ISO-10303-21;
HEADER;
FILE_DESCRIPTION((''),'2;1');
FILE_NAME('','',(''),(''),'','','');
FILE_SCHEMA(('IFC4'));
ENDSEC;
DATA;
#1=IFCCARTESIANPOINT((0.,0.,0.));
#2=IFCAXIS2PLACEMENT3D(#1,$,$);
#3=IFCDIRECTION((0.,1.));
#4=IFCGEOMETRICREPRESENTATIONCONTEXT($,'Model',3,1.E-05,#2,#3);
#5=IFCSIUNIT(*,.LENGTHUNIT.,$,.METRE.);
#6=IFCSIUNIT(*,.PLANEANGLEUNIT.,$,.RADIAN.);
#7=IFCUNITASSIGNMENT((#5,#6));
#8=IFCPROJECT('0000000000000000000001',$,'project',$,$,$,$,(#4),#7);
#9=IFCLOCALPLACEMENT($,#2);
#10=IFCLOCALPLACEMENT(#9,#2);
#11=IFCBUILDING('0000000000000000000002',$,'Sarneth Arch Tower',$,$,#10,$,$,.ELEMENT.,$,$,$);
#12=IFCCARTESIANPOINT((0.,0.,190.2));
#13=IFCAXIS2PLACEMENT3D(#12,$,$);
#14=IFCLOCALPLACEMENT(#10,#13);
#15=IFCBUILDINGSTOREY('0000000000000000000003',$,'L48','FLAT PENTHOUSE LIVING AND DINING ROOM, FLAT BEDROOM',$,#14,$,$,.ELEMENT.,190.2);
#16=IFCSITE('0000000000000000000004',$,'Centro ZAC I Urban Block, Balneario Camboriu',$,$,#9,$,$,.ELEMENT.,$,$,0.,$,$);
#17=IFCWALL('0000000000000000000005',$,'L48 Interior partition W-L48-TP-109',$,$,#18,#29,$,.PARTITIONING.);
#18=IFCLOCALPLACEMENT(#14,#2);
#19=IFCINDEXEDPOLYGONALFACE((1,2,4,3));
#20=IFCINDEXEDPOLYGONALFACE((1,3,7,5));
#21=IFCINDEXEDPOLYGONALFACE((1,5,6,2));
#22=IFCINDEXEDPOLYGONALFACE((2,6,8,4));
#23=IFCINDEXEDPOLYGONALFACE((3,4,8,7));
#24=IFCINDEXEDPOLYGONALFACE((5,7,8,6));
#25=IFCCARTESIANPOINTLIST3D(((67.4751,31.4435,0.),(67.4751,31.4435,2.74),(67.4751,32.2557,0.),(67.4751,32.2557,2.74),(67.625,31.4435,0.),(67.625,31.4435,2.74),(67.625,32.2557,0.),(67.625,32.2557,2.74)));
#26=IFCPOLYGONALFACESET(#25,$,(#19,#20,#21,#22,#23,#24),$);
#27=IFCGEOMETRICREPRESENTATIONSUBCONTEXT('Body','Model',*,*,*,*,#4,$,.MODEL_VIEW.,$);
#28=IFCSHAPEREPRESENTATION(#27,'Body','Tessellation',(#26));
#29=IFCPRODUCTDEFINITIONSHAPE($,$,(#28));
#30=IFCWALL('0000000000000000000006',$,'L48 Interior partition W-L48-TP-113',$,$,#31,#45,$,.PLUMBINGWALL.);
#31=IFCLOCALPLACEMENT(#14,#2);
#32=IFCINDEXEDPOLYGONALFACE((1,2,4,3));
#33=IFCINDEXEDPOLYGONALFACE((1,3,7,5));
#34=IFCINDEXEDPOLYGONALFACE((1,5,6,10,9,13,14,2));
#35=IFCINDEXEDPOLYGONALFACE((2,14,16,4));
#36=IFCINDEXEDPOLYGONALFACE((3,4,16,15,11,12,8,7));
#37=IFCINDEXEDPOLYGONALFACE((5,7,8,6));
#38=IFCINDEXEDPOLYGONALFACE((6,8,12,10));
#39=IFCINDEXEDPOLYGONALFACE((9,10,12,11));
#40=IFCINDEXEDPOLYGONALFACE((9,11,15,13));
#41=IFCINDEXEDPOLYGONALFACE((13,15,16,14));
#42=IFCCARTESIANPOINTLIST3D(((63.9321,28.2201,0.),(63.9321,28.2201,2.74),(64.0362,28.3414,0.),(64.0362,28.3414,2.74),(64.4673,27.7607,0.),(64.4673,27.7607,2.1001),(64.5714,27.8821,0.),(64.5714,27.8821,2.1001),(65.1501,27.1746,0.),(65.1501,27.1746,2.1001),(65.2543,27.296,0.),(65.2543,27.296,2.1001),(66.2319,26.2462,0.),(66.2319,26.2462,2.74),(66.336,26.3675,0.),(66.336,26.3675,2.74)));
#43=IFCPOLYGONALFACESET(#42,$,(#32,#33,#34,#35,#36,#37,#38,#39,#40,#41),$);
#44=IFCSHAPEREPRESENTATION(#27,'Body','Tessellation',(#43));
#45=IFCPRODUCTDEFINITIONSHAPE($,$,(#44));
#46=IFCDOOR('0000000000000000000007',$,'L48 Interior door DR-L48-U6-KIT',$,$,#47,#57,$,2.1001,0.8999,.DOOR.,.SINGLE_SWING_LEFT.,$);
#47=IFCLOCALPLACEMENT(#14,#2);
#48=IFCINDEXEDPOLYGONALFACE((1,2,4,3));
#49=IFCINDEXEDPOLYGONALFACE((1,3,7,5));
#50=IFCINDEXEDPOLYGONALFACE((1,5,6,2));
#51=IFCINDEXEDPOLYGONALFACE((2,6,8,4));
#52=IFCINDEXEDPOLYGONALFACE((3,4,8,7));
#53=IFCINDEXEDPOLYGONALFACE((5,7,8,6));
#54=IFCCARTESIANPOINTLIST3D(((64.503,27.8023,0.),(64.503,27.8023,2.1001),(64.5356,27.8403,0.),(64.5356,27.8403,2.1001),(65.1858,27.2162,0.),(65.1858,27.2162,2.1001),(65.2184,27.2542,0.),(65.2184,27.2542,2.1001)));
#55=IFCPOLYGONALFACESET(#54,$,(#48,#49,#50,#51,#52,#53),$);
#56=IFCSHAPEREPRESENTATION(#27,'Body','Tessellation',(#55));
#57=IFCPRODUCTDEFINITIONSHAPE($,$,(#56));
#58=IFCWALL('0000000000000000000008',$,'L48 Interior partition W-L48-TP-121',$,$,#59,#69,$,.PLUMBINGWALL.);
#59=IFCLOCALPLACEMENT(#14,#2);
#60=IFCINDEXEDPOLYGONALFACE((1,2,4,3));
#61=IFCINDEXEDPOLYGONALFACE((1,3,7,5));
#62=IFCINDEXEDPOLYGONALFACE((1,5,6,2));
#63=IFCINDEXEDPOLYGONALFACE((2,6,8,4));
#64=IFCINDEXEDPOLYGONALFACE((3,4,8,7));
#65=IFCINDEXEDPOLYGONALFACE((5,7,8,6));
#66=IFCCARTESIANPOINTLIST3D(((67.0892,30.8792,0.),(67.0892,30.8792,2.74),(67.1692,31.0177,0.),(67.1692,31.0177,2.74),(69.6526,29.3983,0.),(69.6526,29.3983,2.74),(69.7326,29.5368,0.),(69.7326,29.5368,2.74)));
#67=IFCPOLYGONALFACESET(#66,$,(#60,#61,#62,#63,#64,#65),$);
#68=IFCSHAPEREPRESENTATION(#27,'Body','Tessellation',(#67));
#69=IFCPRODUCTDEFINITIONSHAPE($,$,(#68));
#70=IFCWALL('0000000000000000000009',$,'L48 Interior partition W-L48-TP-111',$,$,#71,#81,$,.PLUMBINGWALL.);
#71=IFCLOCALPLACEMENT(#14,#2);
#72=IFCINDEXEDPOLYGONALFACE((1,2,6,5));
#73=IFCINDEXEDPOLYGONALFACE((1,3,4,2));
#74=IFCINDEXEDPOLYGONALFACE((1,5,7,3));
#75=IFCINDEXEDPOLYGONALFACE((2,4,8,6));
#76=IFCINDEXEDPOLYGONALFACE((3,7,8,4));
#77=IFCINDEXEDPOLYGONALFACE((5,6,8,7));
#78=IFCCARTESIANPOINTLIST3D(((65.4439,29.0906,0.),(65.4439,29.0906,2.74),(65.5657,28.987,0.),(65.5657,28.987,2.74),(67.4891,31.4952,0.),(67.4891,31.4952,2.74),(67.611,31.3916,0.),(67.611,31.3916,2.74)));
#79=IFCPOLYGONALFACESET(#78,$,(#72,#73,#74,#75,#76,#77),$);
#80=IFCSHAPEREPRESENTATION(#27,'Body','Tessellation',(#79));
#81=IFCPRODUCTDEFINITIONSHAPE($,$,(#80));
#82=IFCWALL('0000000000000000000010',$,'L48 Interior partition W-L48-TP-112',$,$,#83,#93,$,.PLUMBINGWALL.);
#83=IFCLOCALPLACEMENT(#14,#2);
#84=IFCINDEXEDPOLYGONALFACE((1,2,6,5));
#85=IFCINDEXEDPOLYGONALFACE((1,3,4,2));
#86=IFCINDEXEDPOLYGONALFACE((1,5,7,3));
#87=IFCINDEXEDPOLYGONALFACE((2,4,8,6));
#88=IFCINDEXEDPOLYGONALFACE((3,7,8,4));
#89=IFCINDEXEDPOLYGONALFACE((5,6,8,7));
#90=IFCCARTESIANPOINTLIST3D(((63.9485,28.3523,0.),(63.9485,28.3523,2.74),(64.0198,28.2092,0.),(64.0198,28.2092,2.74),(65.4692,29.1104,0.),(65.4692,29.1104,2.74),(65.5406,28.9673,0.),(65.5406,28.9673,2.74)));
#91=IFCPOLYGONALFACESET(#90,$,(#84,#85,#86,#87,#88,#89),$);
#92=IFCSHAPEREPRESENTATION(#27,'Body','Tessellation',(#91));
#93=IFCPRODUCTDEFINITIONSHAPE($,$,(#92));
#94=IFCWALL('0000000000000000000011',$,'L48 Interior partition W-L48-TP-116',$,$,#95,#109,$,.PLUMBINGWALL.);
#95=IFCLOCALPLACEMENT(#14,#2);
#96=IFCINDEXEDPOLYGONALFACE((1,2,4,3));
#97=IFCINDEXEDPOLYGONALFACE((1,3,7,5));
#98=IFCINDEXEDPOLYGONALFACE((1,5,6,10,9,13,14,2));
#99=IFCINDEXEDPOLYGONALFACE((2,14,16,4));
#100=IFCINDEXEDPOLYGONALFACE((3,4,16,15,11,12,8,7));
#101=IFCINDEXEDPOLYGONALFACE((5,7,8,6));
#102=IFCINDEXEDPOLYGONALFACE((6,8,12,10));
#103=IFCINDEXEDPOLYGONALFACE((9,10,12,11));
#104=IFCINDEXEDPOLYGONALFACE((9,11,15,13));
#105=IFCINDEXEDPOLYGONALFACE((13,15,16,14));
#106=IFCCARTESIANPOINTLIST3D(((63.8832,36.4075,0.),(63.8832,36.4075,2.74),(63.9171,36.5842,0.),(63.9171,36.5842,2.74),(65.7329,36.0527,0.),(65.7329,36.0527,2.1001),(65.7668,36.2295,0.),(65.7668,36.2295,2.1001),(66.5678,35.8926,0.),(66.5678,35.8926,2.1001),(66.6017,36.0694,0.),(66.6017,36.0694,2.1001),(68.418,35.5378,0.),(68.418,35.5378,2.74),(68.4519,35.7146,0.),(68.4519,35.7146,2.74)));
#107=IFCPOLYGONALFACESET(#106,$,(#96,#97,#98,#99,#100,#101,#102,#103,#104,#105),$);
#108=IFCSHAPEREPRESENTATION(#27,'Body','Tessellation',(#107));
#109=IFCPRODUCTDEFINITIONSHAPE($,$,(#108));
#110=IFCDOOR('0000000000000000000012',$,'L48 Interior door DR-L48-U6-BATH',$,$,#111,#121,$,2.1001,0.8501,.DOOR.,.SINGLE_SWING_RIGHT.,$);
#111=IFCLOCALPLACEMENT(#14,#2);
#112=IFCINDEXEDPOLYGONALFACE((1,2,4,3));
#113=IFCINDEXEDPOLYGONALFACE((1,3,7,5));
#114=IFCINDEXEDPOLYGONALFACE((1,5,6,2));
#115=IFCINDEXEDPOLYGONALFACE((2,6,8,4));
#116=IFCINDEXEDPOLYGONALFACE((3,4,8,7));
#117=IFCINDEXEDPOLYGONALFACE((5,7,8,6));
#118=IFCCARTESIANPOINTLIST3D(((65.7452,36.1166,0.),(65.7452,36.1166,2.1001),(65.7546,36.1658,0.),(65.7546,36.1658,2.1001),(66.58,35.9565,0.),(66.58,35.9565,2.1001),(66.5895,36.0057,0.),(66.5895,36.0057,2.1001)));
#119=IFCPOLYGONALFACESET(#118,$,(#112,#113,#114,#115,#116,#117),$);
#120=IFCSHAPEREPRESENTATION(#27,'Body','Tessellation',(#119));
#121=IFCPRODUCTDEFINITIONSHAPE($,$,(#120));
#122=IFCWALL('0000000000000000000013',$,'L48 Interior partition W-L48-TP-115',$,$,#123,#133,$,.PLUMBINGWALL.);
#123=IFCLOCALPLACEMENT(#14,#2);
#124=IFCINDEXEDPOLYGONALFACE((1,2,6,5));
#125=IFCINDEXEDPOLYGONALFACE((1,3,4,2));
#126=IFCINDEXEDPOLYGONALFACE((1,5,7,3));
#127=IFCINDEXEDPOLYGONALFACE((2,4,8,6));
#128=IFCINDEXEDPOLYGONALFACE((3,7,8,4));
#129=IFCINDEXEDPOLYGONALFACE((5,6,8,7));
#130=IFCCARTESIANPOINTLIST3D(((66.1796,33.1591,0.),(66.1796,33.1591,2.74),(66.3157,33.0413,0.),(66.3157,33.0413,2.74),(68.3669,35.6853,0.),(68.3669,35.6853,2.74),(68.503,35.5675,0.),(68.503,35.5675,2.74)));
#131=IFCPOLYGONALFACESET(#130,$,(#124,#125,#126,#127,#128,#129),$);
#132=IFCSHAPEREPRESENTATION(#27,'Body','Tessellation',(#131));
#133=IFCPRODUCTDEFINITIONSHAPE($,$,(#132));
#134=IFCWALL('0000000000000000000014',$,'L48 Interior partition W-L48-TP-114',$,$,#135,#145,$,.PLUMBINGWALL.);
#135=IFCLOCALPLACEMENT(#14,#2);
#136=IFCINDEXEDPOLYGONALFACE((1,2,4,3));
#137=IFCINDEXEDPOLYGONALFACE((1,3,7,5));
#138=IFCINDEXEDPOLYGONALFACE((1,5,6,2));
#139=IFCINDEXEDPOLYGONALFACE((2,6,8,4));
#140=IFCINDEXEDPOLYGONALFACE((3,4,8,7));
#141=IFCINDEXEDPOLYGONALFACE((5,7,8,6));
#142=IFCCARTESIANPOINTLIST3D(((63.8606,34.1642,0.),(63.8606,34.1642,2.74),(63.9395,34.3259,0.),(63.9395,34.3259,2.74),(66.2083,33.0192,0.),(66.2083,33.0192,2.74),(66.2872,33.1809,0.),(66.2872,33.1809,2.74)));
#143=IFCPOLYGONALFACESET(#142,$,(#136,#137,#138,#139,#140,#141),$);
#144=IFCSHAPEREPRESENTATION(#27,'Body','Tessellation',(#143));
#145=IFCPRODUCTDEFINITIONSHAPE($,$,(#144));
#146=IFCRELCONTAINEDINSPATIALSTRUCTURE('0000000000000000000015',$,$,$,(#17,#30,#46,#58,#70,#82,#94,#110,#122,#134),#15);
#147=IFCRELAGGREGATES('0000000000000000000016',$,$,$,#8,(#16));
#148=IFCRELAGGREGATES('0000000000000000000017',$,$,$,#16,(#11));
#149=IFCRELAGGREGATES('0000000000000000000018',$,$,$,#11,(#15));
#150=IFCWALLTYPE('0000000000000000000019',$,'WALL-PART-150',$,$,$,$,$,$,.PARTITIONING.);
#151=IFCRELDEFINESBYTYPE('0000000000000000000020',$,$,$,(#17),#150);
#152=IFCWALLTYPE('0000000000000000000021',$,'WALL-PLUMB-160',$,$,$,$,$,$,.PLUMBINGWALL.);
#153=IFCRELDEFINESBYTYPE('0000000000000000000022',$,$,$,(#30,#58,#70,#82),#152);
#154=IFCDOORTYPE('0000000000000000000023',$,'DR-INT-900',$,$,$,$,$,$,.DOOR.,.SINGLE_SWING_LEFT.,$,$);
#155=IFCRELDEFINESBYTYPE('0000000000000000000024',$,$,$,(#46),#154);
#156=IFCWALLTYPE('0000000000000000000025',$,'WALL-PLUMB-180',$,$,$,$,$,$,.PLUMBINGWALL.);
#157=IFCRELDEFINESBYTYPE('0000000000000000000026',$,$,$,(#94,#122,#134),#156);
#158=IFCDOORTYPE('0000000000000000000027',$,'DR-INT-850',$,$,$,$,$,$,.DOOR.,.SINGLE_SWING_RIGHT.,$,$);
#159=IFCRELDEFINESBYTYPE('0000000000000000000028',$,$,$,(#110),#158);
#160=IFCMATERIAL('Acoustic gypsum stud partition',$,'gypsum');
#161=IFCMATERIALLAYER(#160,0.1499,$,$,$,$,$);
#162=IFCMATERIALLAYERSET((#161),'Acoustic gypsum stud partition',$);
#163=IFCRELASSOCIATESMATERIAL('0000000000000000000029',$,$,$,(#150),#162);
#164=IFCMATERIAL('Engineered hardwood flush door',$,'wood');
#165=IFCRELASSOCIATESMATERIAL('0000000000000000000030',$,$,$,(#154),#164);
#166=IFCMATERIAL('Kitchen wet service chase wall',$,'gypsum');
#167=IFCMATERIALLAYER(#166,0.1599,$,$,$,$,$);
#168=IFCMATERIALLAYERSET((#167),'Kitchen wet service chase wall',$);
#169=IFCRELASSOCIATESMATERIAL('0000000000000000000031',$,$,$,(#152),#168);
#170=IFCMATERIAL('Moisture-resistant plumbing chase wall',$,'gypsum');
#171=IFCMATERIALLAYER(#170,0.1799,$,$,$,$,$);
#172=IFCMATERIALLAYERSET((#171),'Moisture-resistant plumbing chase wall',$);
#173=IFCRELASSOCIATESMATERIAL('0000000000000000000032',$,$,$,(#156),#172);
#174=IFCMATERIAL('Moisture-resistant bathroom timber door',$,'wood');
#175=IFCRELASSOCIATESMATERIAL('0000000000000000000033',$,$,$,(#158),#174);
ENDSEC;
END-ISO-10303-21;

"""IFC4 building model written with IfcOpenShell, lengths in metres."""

from ifc_helpers import new_model, si_unit, direction, frame, frame_2d, origin, place, context, subcontext, project, spatial, rectangle, extrude, material, layer, layer_set, type_object, element, fill, save


model = new_model("IFC4")

# Units and contexts
model_context = context("Model", 3, precision=1e-05, world=origin(), true_north=direction((0.0, 1.0)))
body_context = subcontext(model_context, "Body", "Model", "MODEL_VIEW")
ifc_project = project(units=[si_unit("LENGTHUNIT", "METRE"), si_unit("PLANEANGLEUNIT", "RADIAN")], contexts=[model_context])

# Site, building, storey
site_placement = place(None, origin())
site = spatial("IfcSite", under=ifc_project, at=site_placement, Name="Centro ZAC I Urban Block, Balneario Camboriu", CompositionType="ELEMENT", RefElevation=0.0)
building_placement = place(site_placement, origin())
building = spatial("IfcBuilding", under=site, at=building_placement, Name="Sarneth Arch Tower", CompositionType="ELEMENT")
storey_placement = place(building_placement, frame((0.0, 0.0, 190.2)))
storey = spatial("IfcBuildingStorey", under=building, at=storey_placement, Name="L48", Description="FLAT PENTHOUSE LIVING AND DINING ROOM, FLAT BEDROOM", CompositionType="ELEMENT", Elevation=190.2)

# Shared definitions
ifc_material_1 = material(Name="Acoustic gypsum stud partition", Category="gypsum")
ifc_layer_1 = layer(ifc_material_1, 0.1499)
ifc_layer_set_1 = layer_set([ifc_layer_1], Name="Acoustic gypsum stud partition")
wall_type_1 = type_object("IfcWallType", Name="WALL-PART-150", PredefinedType="PARTITIONING", material=ifc_layer_set_1)
ifc_material_2 = material(Name="Engineered hardwood flush door", Category="wood")
door_type_1 = type_object("IfcDoorType", Name="DR-INT-900", OperationType="SINGLE_SWING_LEFT", PredefinedType="DOOR", material=ifc_material_2)

# Wall
wall_1_placement = place(storey_placement, frame((67.55, 31.4434, 0.0), z_axis=(0.0, 0.0, 1.0), x_axis=(0.0, 1.0, 0.0)))
element("IfcWall", 1, at=wall_1_placement, inside=storey, type_object=wall_type_1, Name="L48 Interior partition W-L48-TP-109", PredefinedType="PARTITIONING", context=body_context, shape_type="SweptSolid", body=[
    extrude(rectangle(XDim=0.8123, YDim=0.1499, at=frame_2d((0.4062, 0.0))), origin(), (0.0, 0.0, 1.0), 2.74),
])

# Wall, opening, door
ifc_material_3 = material(Name="Kitchen wet service chase wall", Category="gypsum")
ifc_layer_2 = layer(ifc_material_3, 0.1599)
ifc_layer_set_2 = layer_set([ifc_layer_2], Name="Kitchen wet service chase wall")
wall_type_2 = type_object("IfcWallType", Name="WALL-PLUMB-160", PredefinedType="PLUMBINGWALL", material=ifc_layer_set_2)
wall_2_placement = place(storey_placement, frame((63.9841, 28.2808, 0.0), z_axis=(0.0, 0.0, 1.0), x_axis=(0.75883, -0.651289, 0.0)))
wall_2 = element("IfcWall", 2, at=wall_2_placement, inside=storey, type_object=wall_type_2, Name="L48 Interior partition W-L48-TP-113", PredefinedType="PLUMBINGWALL", context=body_context, shape_type="SweptSolid", body=[
    extrude(rectangle(XDim=3.0308, YDim=0.1599, at=frame_2d((1.5154, 0.0))), origin(), (0.0, 0.0, 1.0), 2.74),
])
opening_1_placement = place(wall_2_placement, frame((0.7053, 0.0, 0.0)))
opening_1 = element("IfcOpeningElement", 3, at=opening_1_placement, cuts=wall_2, PredefinedType="OPENING", context=body_context, shape_type="SweptSolid", body=[
    extrude(rectangle(XDim=0.8999, YDim=2.1001, at=frame_2d((0.45, 1.05))), frame((0.0, 0.0898, 0.0), z_axis=(0.0, -1.0, 0.0), x_axis=(1.0, 0.0, 0.0)), (0.0, 0.0, 1.0), 0.1799),
])
door_1_placement = place(opening_1_placement, origin())
door_1 = element("IfcDoor", 4, at=door_1_placement, inside=storey, type_object=door_type_1, Name="L48 Interior door DR-L48-U6-KIT", OperationType="SINGLE_SWING_LEFT", OverallHeight=2.1001, OverallWidth=0.8999, PredefinedType="DOOR", context=body_context, shape_type="SweptSolid", body=[
    extrude(rectangle(XDim=0.8999, YDim=2.1001, at=frame_2d((0.45, 1.05))), frame((0.0, 0.0249, 0.0), z_axis=(0.0, -1.0, 0.0), x_axis=(1.0, 0.0, 0.0)), (0.0, 0.0, 1.0), 0.05),
])
fill(opening_1, door_1)

# Walls
wall_3_placement = place(storey_placement, frame((69.6926, 29.4675, 0.0), z_axis=(0.0, 0.0, 1.0), x_axis=(-0.865889, 0.500236, 0.0)))
element("IfcWall", 5, at=wall_3_placement, inside=storey, type_object=wall_type_2, Name="L48 Interior partition W-L48-TP-121", PredefinedType="PLUMBINGWALL", context=body_context, shape_type="SweptSolid", body=[
    extrude(rectangle(XDim=2.9604, YDim=0.1599, at=frame_2d((1.4802, 0.0))), origin(), (0.0, 0.0, 1.0), 2.74),
])
wall_4_placement = place(storey_placement, frame((67.55, 31.4434, 0.0), z_axis=(0.0, 0.0, 1.0), x_axis=(-0.647889, -0.761735, 0.0)))
element("IfcWall", 6, at=wall_4_placement, inside=storey, type_object=wall_type_2, Name="L48 Interior partition W-L48-TP-111", PredefinedType="PLUMBINGWALL", context=body_context, shape_type="SweptSolid", body=[
    extrude(rectangle(XDim=3.1567, YDim=0.1599, at=frame_2d((1.5784, 0.0))), origin(), (0.0, 0.0, 1.0), 2.74),
])
wall_5_placement = place(storey_placement, frame((65.5049, 29.0388, 0.0), z_axis=(0.0, 0.0, 1.0), x_axis=(-0.894973, -0.446121, 0.0)))
element("IfcWall", 7, at=wall_5_placement, inside=storey, type_object=wall_type_2, Name="L48 Interior partition W-L48-TP-112", PredefinedType="PLUMBINGWALL", context=body_context, shape_type="SweptSolid", body=[
    extrude(rectangle(XDim=1.6992, YDim=0.1599, at=frame_2d((0.8496, 0.0))), origin(), (0.0, 0.0, 1.0), 2.74),
])

# Wall, opening, door
ifc_material_4 = material(Name="Moisture-resistant plumbing chase wall", Category="gypsum")
ifc_layer_3 = layer(ifc_material_4, 0.1799)
ifc_layer_set_3 = layer_set([ifc_layer_3], Name="Moisture-resistant plumbing chase wall")
wall_type_3 = type_object("IfcWallType", Name="WALL-PLUMB-180", PredefinedType="PLUMBINGWALL", material=ifc_layer_set_3)
wall_6_placement = place(storey_placement, frame((68.4348, 35.6262, 0.0), z_axis=(0.0, 0.0, 1.0), x_axis=(-0.982105, 0.188332, 0.0)))
wall_6 = element("IfcWall", 8, at=wall_6_placement, inside=storey, type_object=wall_type_3, Name="L48 Interior partition W-L48-TP-116", PredefinedType="PLUMBINGWALL", context=body_context, shape_type="SweptSolid", body=[
    extrude(rectangle(XDim=4.6174, YDim=0.1799, at=frame_2d((2.3086, 0.0))), origin(), (0.0, 0.0, 1.0), 2.74),
])
opening_2_placement = place(wall_6_placement, frame((1.8838, 0.0, 0.0)))
opening_2 = element("IfcOpeningElement", 9, at=opening_2_placement, cuts=wall_6, PredefinedType="OPENING", context=body_context, shape_type="SweptSolid", body=[
    extrude(rectangle(XDim=0.8501, YDim=2.1001, at=frame_2d((0.425, 1.05))), frame((0.0, 0.0999, 0.0), z_axis=(0.0, -1.0, 0.0), x_axis=(1.0, 0.0, 0.0)), (0.0, 0.0, 1.0), 0.2),
])
ifc_material_5 = material(Name="Moisture-resistant bathroom timber door", Category="wood")
door_type_2 = type_object("IfcDoorType", Name="DR-INT-850", OperationType="SINGLE_SWING_RIGHT", PredefinedType="DOOR", material=ifc_material_5)
door_2_placement = place(opening_2_placement, origin())
door_2 = element("IfcDoor", 10, at=door_2_placement, inside=storey, type_object=door_type_2, Name="L48 Interior door DR-L48-U6-BATH", OperationType="SINGLE_SWING_RIGHT", OverallHeight=2.1001, OverallWidth=0.8501, PredefinedType="DOOR", context=body_context, shape_type="SweptSolid", body=[
    extrude(rectangle(XDim=0.8501, YDim=2.1001, at=frame_2d((0.425, 1.05))), frame((0.0, 0.0249, 0.0), z_axis=(0.0, -1.0, 0.0), x_axis=(1.0, 0.0, 0.0)), (0.0, 0.0, 1.0), 0.05),
])
fill(opening_2, door_2)

# Walls
wall_7_placement = place(storey_placement, frame((66.2476, 33.1001, 0.0), z_axis=(0.0, 0.0, 1.0), x_axis=(0.65458, 0.755993, 0.0)))
element("IfcWall", 11, at=wall_7_placement, inside=storey, type_object=wall_type_3, Name="L48 Interior partition W-L48-TP-115", PredefinedType="PLUMBINGWALL", context=body_context, shape_type="SweptSolid", body=[
    extrude(rectangle(XDim=3.3416, YDim=0.1799, at=frame_2d((1.6709, 0.0))), origin(), (0.0, 0.0, 1.0), 2.74),
])
wall_8_placement = place(storey_placement, frame((63.8999, 34.2451, 0.0), z_axis=(0.0, 0.0, 1.0), x_axis=(0.898795, -0.438368, 0.0)))
element("IfcWall", 12, at=wall_8_placement, inside=storey, type_object=wall_type_3, Name="L48 Interior partition W-L48-TP-114", PredefinedType="PLUMBINGWALL", context=body_context, shape_type="SweptSolid", body=[
    extrude(rectangle(XDim=2.6121, YDim=0.1799, at=frame_2d((1.3062, 0.0))), origin(), (0.0, 0.0, 1.0), 2.74),
])

save(model, "model.ifc")
